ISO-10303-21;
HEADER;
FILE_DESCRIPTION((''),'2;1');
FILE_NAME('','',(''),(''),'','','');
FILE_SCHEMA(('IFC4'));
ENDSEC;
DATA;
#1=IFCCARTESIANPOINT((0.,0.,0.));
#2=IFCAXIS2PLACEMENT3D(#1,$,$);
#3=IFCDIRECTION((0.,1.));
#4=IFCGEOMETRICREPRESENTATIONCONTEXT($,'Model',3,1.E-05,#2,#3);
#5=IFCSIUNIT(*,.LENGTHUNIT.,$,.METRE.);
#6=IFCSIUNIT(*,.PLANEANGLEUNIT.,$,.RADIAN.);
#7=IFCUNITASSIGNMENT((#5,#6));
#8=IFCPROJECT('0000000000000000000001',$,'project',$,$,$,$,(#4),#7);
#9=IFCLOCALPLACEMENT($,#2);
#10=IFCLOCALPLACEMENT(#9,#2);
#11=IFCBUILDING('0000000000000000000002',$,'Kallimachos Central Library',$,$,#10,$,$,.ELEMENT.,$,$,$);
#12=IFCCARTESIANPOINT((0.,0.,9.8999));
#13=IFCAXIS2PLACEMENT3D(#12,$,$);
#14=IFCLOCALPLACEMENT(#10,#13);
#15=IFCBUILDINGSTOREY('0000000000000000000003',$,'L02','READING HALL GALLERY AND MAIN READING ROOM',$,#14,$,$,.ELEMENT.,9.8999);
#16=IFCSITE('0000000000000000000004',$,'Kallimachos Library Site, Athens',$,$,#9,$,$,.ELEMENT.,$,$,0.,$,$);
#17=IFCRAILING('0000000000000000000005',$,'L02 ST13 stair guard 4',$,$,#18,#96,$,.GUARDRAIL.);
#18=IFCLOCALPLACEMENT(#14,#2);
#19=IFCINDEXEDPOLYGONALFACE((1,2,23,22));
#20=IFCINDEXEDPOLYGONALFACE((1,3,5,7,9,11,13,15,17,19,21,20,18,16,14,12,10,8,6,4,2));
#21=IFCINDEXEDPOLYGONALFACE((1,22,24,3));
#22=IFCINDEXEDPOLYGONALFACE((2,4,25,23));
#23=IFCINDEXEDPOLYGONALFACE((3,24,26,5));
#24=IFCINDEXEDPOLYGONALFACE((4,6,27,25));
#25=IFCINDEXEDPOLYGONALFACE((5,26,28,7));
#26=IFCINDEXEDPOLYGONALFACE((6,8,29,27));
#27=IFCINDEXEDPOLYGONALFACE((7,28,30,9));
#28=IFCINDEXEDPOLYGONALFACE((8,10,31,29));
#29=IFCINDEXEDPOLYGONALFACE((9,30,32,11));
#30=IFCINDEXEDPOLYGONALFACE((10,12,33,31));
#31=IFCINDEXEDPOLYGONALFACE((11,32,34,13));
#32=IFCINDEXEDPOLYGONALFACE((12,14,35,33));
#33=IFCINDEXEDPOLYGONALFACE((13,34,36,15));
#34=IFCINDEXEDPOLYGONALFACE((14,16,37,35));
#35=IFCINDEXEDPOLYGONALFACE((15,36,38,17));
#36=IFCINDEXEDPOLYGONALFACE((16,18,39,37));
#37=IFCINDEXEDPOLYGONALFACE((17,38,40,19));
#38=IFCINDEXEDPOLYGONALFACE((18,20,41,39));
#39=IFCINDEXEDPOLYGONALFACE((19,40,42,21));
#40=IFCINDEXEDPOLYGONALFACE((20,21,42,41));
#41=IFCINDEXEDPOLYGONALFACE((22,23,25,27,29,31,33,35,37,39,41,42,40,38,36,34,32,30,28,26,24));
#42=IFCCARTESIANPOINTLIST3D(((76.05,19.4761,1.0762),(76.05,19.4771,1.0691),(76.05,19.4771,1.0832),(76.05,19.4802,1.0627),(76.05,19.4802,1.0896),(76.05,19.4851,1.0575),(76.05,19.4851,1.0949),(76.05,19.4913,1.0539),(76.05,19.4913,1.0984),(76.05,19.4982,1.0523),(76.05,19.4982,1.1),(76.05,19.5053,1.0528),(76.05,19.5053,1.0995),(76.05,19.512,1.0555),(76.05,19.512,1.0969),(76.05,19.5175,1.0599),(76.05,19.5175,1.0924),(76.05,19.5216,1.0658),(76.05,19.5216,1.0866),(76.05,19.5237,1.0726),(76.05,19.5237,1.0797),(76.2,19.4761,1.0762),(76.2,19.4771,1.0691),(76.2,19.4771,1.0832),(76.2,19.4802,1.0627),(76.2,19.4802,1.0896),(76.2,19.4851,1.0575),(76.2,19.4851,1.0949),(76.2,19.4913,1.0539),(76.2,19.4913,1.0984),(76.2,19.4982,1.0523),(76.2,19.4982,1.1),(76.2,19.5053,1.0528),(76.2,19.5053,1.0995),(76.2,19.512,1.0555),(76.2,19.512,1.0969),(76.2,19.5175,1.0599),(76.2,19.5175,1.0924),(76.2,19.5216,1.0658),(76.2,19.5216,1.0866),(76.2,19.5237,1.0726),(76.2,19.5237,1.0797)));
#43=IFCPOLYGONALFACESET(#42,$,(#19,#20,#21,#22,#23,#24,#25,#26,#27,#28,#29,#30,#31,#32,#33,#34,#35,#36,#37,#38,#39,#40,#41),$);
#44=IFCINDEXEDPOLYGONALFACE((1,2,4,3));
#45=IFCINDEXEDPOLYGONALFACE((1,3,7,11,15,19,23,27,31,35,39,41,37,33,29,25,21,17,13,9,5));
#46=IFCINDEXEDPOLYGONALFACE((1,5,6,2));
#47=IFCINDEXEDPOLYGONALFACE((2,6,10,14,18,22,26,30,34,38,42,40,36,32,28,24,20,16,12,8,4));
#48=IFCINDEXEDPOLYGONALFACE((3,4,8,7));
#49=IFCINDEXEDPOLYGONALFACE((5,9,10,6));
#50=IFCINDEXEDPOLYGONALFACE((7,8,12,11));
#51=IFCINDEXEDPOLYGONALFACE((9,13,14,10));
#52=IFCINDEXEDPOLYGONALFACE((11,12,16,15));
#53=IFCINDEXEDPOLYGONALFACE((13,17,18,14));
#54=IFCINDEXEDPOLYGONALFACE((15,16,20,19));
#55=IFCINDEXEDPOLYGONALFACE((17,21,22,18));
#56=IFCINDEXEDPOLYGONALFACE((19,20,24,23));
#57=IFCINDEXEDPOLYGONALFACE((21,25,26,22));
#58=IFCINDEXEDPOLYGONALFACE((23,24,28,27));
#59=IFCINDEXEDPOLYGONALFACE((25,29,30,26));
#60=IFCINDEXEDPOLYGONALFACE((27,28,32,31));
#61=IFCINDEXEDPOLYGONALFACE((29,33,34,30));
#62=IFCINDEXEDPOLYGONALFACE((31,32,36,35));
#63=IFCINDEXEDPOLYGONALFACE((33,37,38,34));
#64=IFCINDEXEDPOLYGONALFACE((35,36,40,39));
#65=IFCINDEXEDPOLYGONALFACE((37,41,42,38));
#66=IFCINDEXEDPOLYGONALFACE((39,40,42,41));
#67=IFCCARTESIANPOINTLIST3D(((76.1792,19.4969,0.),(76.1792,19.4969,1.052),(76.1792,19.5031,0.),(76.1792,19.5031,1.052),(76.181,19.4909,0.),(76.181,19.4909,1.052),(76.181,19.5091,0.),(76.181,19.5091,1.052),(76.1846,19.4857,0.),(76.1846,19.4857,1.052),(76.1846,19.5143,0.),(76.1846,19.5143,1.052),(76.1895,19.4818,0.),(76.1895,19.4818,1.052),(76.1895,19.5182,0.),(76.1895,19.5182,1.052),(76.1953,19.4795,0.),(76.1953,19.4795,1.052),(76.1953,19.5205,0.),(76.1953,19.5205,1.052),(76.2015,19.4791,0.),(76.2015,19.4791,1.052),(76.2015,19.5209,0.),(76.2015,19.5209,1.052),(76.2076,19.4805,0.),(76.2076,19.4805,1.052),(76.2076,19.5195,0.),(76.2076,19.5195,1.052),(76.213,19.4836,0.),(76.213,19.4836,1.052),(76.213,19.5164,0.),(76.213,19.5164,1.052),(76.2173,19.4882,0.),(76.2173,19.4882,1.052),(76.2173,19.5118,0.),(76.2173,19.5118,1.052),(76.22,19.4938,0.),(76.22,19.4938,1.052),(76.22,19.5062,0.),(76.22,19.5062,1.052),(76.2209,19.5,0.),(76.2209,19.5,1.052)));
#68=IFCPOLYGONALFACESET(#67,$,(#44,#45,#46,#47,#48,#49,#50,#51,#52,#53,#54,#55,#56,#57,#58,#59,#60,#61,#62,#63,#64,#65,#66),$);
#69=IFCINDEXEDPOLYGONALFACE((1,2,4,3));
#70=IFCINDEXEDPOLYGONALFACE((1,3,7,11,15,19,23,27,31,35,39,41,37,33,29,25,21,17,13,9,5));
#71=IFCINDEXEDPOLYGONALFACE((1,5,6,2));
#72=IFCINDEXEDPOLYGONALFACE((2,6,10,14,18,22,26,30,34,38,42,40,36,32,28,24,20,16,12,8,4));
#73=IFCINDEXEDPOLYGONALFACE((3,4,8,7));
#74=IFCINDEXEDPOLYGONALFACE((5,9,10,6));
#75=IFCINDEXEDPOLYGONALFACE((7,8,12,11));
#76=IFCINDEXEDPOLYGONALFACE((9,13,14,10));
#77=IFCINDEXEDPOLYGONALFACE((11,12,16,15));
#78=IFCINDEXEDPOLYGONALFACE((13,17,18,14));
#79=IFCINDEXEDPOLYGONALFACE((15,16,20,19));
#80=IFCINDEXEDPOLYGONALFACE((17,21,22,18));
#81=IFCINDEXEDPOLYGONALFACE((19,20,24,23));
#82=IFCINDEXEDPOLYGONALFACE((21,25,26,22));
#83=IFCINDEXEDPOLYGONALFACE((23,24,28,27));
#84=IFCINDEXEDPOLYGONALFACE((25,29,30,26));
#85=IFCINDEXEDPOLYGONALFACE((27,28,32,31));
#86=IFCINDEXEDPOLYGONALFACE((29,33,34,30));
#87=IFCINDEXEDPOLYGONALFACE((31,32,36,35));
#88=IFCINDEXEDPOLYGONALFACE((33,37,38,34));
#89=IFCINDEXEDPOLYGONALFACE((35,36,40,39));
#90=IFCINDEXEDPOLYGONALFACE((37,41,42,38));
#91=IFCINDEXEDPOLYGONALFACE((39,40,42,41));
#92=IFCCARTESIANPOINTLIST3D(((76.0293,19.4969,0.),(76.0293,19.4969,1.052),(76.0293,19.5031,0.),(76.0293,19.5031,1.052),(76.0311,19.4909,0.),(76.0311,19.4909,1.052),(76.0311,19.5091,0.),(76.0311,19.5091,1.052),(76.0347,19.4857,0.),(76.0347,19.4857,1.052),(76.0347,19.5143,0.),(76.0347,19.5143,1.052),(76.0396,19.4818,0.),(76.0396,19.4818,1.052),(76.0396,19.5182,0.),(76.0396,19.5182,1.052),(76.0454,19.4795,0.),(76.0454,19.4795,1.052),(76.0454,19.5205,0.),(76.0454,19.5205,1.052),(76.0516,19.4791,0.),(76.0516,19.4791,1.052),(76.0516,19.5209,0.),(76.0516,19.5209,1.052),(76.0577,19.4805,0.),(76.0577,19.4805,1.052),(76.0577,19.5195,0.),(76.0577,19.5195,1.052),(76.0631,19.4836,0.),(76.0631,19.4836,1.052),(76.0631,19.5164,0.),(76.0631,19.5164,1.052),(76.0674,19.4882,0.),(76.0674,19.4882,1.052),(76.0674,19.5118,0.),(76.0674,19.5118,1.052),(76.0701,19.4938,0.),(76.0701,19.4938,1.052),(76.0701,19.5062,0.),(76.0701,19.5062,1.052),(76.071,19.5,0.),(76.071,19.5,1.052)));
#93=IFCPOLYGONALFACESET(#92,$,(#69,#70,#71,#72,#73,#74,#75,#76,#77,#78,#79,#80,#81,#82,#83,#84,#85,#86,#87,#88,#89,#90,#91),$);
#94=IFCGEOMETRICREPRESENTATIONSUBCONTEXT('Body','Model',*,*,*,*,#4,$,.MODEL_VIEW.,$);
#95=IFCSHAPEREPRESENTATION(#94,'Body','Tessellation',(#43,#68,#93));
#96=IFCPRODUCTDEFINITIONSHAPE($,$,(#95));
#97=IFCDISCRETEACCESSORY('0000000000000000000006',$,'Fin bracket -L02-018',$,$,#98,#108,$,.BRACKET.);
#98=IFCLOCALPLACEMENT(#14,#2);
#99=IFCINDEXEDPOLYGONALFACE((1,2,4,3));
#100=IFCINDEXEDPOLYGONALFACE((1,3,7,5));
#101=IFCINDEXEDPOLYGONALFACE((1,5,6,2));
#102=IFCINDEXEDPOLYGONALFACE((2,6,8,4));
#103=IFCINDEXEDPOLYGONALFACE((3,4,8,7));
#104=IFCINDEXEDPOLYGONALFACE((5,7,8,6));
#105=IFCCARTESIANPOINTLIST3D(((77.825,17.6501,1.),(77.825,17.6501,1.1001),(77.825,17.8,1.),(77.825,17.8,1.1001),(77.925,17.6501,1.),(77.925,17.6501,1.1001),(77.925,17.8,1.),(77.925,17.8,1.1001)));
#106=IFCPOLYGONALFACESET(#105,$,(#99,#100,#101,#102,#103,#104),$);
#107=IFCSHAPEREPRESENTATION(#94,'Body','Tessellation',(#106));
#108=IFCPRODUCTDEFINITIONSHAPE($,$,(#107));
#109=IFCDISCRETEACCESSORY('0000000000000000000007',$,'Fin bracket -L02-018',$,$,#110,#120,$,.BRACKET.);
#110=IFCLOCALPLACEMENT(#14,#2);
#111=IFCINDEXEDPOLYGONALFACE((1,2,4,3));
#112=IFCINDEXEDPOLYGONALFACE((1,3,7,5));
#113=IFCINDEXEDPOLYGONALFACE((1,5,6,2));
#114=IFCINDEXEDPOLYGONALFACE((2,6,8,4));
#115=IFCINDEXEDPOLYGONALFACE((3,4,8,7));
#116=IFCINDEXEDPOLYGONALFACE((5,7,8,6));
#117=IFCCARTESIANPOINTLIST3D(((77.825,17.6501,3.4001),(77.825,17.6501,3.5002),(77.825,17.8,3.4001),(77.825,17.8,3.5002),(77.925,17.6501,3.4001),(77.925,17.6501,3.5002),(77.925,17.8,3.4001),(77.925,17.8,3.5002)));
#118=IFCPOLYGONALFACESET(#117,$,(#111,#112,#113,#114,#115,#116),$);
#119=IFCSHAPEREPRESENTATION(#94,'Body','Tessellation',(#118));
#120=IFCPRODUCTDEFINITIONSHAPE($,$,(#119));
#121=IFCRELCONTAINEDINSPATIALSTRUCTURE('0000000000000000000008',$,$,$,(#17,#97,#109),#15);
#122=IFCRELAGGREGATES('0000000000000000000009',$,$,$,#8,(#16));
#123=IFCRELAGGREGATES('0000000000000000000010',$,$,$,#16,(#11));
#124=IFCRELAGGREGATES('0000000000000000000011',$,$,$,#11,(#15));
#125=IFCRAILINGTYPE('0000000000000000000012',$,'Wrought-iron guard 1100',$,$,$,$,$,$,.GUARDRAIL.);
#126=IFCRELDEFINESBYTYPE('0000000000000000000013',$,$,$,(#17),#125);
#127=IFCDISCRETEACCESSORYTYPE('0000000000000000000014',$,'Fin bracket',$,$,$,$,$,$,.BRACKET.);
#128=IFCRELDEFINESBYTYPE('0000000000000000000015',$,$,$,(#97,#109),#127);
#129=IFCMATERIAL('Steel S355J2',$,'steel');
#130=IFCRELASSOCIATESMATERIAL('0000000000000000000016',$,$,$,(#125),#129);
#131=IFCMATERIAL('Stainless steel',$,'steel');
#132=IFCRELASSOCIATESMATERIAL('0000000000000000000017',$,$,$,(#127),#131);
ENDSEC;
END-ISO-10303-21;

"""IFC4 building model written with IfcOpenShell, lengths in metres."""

from ifc_helpers import new_model, si_unit, direction, frame, origin, origin_2d, place, context, subcontext, project, spatial, rectangle, circle, extrude, material, type_object, element, save


model = new_model("IFC4")

# Units and contexts
model_context = context("Model", 3, precision=1e-05, world=origin(), true_north=direction((0.0, 1.0)))
body_context = subcontext(model_context, "Body", "Model", "MODEL_VIEW")
ifc_project = project(units=[si_unit("LENGTHUNIT", "METRE"), si_unit("PLANEANGLEUNIT", "RADIAN")], contexts=[model_context])

# Site, building, storey
site_placement = place(None, origin())
site = spatial("IfcSite", under=ifc_project, at=site_placement, Name="Kallimachos Library Site, Athens", CompositionType="ELEMENT", RefElevation=0.0)
building_placement = place(site_placement, origin())
building = spatial("IfcBuilding", under=site, at=building_placement, Name="Kallimachos Central Library", CompositionType="ELEMENT")
storey_placement = place(building_placement, frame((0.0, 0.0, 9.8999)))
storey = spatial("IfcBuildingStorey", under=building, at=storey_placement, Name="L02", Description="READING HALL GALLERY AND MAIN READING ROOM", CompositionType="ELEMENT", Elevation=9.8999)

# Railing
ifc_material_1 = material(Name="Steel S355J2", Category="steel")
railing_type = type_object("IfcRailingType", Name="Wrought-iron guard 1100", PredefinedType="GUARDRAIL", material=ifc_material_1)
railing_1_placement = place(storey_placement, frame((76.2, 19.5, 0.0)))
element("IfcRailing", 1, at=railing_1_placement, inside=storey, type_object=railing_type, Name="L02 ST13 stair guard 4", PredefinedType="GUARDRAIL", context=body_context, shape_type="SweptSolid", body=[
    extrude(circle(Radius=0.0239, at=origin_2d()), frame((0.0, 0.0, 1.0762), z_axis=(-1.0, 0.0, 0.0), x_axis=(0.0, -1.0, 0.0)), (0.0, 0.0, 1.0), 0.1499),
    extrude(circle(Radius=0.021, at=origin_2d()), origin(), (0.0, 0.0, 1.0), 1.052),
    extrude(circle(Radius=0.021, at=origin_2d()), frame((-0.1499, 0.0, 0.0)), (0.0, 0.0, 1.0), 1.052),
])

# Discrete accessories
ifc_material_2 = material(Name="Stainless steel", Category="steel")
discrete_accessory_type = type_object("IfcDiscreteAccessoryType", Name="Fin bracket", PredefinedType="BRACKET", material=ifc_material_2)
for number, where, z_axis, x_axis, name in (
    (2, (77.875, 17.7251, 1.0), (0.0, 0.0, 1.0), (1.0, 0.0, 0.0), "Fin bracket -L02-018"),
    (3, (77.875, 17.7251, 3.4001), (0.0, 0.0, 1.0), (1.0, 0.0, 0.0), "Fin bracket -L02-018"),
):
    element("IfcDiscreteAccessory", number, at=place(storey_placement, frame(where, z_axis=z_axis, x_axis=x_axis)), inside=storey, type_object=discrete_accessory_type, Name=name, PredefinedType="BRACKET", context=body_context, shape_type="SweptSolid", body=[
        extrude(rectangle(XDim=0.1001, YDim=0.1499, at=origin_2d()), origin(), (0.0, 0.0, 1.0), 0.1001),
    ])

save(model, "model.ifc")
